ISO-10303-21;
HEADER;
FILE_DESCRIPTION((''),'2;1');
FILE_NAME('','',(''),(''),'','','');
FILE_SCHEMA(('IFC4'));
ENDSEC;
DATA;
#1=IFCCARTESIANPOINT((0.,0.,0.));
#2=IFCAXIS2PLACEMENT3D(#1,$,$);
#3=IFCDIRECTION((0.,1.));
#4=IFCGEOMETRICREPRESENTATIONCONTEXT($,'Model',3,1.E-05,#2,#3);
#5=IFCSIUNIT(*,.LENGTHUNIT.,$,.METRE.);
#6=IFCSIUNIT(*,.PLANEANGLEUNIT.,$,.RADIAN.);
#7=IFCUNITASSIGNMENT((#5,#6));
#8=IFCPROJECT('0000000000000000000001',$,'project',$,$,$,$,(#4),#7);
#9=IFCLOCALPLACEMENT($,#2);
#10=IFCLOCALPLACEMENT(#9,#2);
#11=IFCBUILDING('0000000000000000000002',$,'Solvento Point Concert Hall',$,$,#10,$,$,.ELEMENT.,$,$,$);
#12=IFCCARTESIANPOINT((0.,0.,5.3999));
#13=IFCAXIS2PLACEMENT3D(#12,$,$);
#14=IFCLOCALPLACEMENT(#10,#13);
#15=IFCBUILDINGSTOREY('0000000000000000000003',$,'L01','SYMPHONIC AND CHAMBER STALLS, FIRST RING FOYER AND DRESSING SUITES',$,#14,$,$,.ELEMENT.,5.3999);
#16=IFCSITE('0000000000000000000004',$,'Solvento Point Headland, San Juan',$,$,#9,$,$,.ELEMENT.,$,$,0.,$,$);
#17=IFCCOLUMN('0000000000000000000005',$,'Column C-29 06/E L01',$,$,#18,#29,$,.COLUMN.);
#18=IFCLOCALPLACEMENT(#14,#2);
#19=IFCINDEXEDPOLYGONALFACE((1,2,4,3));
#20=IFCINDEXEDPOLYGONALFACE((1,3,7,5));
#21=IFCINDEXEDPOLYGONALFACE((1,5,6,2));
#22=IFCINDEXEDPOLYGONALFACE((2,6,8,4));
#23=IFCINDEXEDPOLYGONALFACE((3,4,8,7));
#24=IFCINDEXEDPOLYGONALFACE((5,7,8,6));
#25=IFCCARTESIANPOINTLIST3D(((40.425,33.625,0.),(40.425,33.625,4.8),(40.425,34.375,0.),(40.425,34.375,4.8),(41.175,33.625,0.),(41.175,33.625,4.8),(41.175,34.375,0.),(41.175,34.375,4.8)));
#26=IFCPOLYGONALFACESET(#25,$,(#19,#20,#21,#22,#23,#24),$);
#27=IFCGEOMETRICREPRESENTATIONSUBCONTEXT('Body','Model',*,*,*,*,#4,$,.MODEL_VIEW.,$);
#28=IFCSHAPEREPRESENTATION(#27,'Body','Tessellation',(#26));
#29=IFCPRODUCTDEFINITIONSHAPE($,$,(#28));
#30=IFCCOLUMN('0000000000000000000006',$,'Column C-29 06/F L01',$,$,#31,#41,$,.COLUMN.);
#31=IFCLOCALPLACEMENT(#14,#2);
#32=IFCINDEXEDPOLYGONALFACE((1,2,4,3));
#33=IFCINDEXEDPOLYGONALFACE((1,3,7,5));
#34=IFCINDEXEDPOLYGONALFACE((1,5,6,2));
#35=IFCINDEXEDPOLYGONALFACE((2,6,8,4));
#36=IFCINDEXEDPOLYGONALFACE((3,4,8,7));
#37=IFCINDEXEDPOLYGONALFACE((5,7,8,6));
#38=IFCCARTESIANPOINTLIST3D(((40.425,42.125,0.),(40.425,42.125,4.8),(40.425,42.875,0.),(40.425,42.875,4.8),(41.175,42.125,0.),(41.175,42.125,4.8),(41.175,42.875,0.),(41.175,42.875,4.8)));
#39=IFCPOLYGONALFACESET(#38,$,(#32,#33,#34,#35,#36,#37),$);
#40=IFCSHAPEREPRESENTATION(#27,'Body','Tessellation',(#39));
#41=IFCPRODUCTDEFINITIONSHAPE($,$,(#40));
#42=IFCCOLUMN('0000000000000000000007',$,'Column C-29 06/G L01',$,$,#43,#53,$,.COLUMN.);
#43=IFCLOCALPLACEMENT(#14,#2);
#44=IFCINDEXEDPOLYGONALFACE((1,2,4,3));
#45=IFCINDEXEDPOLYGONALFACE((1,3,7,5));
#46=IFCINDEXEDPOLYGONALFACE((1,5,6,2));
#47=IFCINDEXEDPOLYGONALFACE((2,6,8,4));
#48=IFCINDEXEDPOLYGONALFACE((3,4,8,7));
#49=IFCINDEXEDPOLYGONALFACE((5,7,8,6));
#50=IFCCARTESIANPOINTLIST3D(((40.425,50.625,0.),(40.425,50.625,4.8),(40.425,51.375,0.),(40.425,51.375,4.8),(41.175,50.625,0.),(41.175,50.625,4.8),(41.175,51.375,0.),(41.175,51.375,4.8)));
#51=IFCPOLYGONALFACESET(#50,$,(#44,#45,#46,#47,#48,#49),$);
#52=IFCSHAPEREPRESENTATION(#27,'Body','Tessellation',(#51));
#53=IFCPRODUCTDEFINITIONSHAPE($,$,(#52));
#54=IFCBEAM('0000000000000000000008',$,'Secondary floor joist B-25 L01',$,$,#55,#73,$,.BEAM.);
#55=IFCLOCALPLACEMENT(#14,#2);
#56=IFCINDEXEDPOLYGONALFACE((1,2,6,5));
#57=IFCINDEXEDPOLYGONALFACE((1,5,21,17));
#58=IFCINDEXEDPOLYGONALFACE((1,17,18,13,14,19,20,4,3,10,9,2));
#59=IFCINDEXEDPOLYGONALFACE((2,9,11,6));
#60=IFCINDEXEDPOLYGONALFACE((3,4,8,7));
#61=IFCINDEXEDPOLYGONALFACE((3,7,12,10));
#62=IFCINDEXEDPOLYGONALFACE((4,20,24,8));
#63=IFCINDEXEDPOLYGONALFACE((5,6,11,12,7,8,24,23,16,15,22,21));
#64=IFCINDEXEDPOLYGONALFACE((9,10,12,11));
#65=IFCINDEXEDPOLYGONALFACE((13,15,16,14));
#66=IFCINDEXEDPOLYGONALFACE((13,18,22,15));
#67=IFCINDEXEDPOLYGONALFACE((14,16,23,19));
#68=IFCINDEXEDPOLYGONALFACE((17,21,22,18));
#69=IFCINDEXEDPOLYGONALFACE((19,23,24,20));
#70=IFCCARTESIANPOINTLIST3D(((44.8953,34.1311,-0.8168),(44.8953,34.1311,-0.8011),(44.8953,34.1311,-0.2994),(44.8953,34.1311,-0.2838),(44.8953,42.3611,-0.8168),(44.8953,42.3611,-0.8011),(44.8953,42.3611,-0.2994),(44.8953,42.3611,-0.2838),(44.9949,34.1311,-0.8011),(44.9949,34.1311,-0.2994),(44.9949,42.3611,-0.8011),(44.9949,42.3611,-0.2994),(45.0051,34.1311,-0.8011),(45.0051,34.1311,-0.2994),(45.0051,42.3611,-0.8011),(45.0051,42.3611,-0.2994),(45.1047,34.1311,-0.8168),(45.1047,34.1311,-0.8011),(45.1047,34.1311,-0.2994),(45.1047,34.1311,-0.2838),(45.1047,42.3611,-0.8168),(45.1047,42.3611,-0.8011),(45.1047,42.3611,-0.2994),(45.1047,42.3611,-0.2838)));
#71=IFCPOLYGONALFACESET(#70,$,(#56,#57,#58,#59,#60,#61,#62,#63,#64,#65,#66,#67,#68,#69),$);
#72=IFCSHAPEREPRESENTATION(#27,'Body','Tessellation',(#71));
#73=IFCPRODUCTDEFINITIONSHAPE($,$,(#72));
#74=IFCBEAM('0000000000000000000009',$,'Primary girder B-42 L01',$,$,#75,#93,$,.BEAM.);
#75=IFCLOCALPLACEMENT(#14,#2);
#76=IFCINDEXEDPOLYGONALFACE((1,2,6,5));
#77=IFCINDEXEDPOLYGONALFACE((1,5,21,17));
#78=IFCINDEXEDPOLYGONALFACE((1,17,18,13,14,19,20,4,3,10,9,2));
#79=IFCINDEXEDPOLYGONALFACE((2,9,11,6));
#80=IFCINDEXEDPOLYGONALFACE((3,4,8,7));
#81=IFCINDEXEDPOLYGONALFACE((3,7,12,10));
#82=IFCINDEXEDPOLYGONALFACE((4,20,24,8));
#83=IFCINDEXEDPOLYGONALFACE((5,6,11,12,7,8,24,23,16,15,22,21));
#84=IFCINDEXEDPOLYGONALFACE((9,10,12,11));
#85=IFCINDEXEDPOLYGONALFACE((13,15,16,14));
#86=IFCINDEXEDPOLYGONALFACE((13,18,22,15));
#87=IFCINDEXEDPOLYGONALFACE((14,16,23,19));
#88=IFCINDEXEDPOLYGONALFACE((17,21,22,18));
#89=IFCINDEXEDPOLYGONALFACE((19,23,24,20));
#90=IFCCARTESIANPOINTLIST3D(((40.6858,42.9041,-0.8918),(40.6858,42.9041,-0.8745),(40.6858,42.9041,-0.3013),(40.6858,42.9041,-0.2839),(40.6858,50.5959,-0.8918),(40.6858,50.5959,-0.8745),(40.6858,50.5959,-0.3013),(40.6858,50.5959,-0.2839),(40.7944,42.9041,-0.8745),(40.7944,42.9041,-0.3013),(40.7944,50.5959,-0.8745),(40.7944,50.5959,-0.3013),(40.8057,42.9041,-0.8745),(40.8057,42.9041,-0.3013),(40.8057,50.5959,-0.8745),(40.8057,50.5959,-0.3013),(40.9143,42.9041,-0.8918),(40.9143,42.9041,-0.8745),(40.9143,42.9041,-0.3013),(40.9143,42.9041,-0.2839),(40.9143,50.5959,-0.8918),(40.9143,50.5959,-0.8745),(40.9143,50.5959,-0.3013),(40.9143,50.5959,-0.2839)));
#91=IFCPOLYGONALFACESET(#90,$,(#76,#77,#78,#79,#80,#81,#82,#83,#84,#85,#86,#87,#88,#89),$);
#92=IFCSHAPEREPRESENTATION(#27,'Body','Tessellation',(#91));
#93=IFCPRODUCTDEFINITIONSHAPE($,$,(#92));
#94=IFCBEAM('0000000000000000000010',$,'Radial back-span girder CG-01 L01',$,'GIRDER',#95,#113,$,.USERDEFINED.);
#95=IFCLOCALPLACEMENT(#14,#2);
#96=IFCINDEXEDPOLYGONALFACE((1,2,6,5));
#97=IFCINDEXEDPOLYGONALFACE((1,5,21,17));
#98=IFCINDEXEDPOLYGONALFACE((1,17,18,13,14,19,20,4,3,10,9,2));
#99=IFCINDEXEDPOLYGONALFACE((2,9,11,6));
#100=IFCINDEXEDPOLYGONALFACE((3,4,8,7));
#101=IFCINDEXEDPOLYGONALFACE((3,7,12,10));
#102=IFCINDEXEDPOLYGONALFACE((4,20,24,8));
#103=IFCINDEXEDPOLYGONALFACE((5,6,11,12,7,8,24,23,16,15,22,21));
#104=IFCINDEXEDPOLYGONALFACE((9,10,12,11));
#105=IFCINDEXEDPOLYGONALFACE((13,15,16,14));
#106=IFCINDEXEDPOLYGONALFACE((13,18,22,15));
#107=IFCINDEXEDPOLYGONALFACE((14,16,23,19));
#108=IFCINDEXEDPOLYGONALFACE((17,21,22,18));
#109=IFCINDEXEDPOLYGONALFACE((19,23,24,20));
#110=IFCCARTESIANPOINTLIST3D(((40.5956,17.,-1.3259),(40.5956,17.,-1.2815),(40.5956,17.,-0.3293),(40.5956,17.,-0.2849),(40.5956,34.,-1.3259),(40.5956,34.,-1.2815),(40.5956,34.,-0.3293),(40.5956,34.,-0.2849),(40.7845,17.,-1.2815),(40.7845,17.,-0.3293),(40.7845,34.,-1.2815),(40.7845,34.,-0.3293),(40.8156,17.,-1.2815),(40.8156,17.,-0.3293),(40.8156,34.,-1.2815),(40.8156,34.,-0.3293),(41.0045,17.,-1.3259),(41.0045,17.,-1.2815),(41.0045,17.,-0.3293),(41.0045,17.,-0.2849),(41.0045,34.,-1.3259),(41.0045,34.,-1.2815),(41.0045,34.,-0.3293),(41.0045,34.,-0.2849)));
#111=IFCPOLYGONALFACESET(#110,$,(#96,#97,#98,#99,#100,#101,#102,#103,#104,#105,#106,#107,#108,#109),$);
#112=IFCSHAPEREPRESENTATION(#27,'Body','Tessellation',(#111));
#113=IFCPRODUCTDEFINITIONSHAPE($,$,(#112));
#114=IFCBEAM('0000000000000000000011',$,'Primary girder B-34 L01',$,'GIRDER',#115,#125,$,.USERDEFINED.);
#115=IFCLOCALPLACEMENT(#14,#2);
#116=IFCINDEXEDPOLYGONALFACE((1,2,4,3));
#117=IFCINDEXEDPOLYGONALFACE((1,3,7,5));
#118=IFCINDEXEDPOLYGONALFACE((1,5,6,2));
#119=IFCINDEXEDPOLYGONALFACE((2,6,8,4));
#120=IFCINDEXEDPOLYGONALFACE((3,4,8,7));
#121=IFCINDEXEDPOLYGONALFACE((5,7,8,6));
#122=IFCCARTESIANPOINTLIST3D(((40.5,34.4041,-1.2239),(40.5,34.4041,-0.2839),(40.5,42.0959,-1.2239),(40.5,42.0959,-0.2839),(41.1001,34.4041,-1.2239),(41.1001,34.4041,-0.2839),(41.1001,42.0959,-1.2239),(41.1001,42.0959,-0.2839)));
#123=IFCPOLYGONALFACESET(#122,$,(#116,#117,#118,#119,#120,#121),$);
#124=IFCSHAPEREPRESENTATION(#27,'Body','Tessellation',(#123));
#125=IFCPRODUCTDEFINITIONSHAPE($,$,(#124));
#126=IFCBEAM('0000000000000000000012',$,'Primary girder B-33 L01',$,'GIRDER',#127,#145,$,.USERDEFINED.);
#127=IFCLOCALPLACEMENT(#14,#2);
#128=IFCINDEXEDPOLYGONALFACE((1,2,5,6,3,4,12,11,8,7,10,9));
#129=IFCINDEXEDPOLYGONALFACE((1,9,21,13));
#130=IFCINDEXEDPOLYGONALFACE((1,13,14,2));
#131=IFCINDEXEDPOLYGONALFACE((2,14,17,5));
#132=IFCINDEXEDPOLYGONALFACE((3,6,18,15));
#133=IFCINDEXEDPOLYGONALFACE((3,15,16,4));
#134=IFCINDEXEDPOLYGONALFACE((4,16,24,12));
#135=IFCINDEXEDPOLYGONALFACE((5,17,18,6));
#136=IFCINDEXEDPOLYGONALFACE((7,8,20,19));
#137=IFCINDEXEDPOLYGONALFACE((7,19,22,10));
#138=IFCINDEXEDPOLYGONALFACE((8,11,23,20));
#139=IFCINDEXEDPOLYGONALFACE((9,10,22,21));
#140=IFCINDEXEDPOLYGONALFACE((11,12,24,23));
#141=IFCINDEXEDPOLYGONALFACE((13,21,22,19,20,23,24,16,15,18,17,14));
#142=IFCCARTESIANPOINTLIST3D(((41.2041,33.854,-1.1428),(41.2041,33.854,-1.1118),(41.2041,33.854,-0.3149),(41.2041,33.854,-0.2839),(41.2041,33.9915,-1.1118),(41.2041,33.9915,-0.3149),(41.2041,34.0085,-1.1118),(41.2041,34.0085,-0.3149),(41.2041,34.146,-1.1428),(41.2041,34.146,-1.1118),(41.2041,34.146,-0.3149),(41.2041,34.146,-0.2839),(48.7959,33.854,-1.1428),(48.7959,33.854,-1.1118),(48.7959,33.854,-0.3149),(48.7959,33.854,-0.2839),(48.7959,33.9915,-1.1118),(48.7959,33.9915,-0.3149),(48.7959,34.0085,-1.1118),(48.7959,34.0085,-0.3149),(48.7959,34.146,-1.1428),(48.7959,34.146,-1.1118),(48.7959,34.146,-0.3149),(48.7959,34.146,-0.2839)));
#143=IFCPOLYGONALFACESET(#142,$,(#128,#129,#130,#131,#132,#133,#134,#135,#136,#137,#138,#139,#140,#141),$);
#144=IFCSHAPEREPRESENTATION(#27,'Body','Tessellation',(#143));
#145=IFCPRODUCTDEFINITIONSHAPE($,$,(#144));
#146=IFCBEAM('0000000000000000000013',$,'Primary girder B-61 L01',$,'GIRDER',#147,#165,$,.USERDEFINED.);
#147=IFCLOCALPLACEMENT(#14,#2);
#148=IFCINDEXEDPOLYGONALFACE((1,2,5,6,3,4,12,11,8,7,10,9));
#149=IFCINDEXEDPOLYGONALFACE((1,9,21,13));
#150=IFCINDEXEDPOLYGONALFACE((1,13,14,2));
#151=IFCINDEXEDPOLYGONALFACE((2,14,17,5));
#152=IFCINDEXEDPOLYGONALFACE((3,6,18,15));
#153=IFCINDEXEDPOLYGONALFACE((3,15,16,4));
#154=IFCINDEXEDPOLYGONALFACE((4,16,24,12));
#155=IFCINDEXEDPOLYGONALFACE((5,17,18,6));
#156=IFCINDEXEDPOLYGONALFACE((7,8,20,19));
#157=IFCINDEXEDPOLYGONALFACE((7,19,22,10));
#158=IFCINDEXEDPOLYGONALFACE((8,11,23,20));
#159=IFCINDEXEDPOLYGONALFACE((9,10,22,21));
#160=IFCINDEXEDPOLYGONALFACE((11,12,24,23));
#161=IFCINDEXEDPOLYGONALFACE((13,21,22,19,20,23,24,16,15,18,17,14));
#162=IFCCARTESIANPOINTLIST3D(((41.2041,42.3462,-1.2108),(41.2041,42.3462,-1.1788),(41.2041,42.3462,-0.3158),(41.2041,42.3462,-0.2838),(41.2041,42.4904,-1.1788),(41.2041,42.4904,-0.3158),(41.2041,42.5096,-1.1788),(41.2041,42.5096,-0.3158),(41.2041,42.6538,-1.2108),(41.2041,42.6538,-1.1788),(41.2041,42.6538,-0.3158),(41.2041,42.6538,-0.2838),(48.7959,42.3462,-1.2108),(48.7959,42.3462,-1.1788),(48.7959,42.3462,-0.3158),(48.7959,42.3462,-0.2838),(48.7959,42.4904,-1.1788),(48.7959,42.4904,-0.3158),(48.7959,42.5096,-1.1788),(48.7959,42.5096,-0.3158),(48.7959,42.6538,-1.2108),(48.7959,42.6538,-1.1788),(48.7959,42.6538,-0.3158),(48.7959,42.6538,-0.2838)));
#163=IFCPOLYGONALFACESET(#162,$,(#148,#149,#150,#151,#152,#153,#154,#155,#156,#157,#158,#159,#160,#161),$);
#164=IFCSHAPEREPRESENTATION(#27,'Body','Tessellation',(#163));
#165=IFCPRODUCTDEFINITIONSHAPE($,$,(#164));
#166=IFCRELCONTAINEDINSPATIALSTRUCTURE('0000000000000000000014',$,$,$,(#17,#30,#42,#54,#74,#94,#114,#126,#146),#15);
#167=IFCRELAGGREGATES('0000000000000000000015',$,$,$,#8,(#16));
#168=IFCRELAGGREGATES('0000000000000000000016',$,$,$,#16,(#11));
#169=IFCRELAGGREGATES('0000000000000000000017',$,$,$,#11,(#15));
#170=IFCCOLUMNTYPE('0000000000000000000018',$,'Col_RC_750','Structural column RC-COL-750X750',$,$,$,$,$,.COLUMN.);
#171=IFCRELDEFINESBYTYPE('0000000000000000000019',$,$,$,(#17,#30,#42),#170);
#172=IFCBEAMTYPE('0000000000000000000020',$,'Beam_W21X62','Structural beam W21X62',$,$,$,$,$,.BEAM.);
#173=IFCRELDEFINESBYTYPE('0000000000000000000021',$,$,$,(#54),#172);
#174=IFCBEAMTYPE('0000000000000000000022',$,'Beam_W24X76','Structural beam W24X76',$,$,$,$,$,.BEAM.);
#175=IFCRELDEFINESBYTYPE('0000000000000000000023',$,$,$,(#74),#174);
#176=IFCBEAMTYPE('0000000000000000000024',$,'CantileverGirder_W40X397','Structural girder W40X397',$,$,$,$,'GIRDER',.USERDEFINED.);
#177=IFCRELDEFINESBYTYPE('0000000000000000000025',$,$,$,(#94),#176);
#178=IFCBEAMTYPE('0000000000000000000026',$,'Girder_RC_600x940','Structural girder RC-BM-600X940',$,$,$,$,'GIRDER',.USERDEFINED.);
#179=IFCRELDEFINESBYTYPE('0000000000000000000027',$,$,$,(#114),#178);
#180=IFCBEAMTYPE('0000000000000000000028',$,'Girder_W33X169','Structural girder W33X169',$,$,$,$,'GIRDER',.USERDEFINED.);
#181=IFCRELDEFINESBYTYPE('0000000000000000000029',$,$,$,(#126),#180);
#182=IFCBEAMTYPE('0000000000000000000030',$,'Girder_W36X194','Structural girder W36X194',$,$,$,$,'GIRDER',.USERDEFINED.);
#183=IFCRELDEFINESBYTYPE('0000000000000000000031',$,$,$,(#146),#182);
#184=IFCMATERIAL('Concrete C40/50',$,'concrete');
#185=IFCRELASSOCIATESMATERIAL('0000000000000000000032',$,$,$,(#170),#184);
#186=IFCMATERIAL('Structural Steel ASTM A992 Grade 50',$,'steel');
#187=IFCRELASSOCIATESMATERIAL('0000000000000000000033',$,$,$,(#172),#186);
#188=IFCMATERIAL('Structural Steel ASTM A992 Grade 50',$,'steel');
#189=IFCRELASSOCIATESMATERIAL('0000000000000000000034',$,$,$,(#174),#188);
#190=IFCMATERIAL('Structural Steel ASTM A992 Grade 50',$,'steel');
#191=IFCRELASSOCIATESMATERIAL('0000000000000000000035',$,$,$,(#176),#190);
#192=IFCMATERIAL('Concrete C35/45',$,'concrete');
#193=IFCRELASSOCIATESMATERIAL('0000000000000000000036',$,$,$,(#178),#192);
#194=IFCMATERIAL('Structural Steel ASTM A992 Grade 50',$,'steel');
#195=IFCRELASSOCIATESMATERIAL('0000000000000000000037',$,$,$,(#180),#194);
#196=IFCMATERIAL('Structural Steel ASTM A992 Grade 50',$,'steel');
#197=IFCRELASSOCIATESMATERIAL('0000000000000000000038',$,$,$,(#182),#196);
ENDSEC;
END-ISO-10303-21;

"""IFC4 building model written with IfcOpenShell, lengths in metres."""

from ifc_helpers import new_model, si_unit, direction, frame, origin, origin_2d, place, context, subcontext, project, spatial, rectangle, i_section, extrude, material, material_profile, profile_set, type_object, element, save


model = new_model("IFC4")

# Units and contexts
model_context = context("Model", 3, precision=1e-05, world=origin(), true_north=direction((0.0, 1.0)))
body_context = subcontext(model_context, "Body", "Model", "MODEL_VIEW")
ifc_project = project(units=[si_unit("LENGTHUNIT", "METRE"), si_unit("PLANEANGLEUNIT", "RADIAN")], contexts=[model_context])

# Site, building, storey
site_placement = place(None, origin())
site = spatial("IfcSite", under=ifc_project, at=site_placement, Name="Solvento Point Headland, San Juan", CompositionType="ELEMENT", RefElevation=0.0)
building_placement = place(site_placement, origin())
building = spatial("IfcBuilding", under=site, at=building_placement, Name="Solvento Point Concert Hall", CompositionType="ELEMENT")
storey_placement = place(building_placement, frame((0.0, 0.0, 5.3999)))
storey = spatial("IfcBuildingStorey", under=building, at=storey_placement, Name="L01", Description="SYMPHONIC AND CHAMBER STALLS, FIRST RING FOYER AND DRESSING SUITES", CompositionType="ELEMENT", Elevation=5.3999)

# Columns
ifc_material_1 = material(Name="Concrete C40/50", Category="concrete")
ifc_material_profile_1 = material_profile(ifc_material_1, rectangle(XDim=0.75, YDim=0.75, at=origin_2d()), Name="RC-COL-750X750")
ifc_profile_set_1 = profile_set([ifc_material_profile_1], Name="Concrete C40/50")
column_type = type_object("IfcColumnType", Name="Col_RC_750", Description="Structural column RC-COL-750X750", PredefinedType="COLUMN", material=ifc_profile_set_1)
for number, where, z_axis, x_axis, name in (
    (1, (40.8, 34.0, 0.0), (0.0, 0.0, 1.0), (1.0, 0.0, 0.0), "Column C-29 06/E L01"),
    (2, (40.8, 42.5, 0.0), (0.0, 0.0, 1.0), (1.0, 0.0, 0.0), "Column C-29 06/F L01"),
    (3, (40.8, 51.0, 0.0), (0.0, 0.0, 1.0), (1.0, 0.0, 0.0), "Column C-29 06/G L01"),
):
    element("IfcColumn", number, at=place(storey_placement, frame(where, z_axis=z_axis, x_axis=x_axis)), inside=storey, type_object=column_type, Name=name, PredefinedType="COLUMN", context=body_context, shape_type="SweptSolid", body=[
        extrude(rectangle(XDim=0.75, YDim=0.75, at=origin_2d()), origin(), (0.0, 0.0, 1.0), 4.8),
    ])

# Beams
ifc_material_2 = material(Name="Structural Steel ASTM A992 Grade 50", Category="steel")
ifc_material_profile_2 = material_profile(ifc_material_2, i_section(OverallWidth=0.2095, OverallDepth=0.533, WebThickness=0.0103, FlangeThickness=0.0156, at=origin_2d()), Name="W21X62")
ifc_profile_set_2 = profile_set([ifc_material_profile_2], Name="Structural Steel ASTM A992 Grade 50")
beam_type_1 = type_object("IfcBeamType", Name="Beam_W21X62", Description="Structural beam W21X62", PredefinedType="BEAM", material=ifc_profile_set_2)
beam_1_placement = place(storey_placement, frame((45.0, 34.1311, -0.5503), z_axis=(0.0, 1.0, 0.0), x_axis=(-1.0, 0.0, 0.0)))
element("IfcBeam", 4, at=beam_1_placement, inside=storey, type_object=beam_type_1, Name="Secondary floor joist B-25 L01", PredefinedType="BEAM", context=body_context, shape_type="SweptSolid", body=[
    extrude(i_section(OverallWidth=0.2095, OverallDepth=0.533, WebThickness=0.0103, FlangeThickness=0.0156, at=origin_2d()), origin(), (0.0, 0.0, 1.0), 8.23),
])
ifc_material_3 = material(Name="Structural Steel ASTM A992 Grade 50", Category="steel")
ifc_material_profile_3 = material_profile(ifc_material_3, i_section(OverallWidth=0.2285, OverallDepth=0.6079, WebThickness=0.0112, FlangeThickness=0.0173, at=origin_2d()), Name="W24X76")
ifc_profile_set_3 = profile_set([ifc_material_profile_3], Name="Structural Steel ASTM A992 Grade 50")
beam_type_2 = type_object("IfcBeamType", Name="Beam_W24X76", Description="Structural beam W24X76", PredefinedType="BEAM", material=ifc_profile_set_3)
beam_2_placement = place(storey_placement, frame((40.8, 42.9041, -0.5879), z_axis=(0.0, 1.0, 0.0), x_axis=(-1.0, 0.0, 0.0)))
element("IfcBeam", 5, at=beam_2_placement, inside=storey, type_object=beam_type_2, Name="Primary girder B-42 L01", PredefinedType="BEAM", context=body_context, shape_type="SweptSolid", body=[
    extrude(i_section(OverallWidth=0.2285, OverallDepth=0.6079, WebThickness=0.0112, FlangeThickness=0.0173, at=origin_2d()), origin(), (0.0, 0.0, 1.0), 7.6919),
])
ifc_material_4 = material(Name="Structural Steel ASTM A992 Grade 50", Category="steel")
ifc_material_profile_4 = material_profile(ifc_material_4, i_section(OverallWidth=0.4089, OverallDepth=1.041, WebThickness=0.031, FlangeThickness=0.0444, at=origin_2d()), Name="W40X397")
ifc_profile_set_4 = profile_set([ifc_material_profile_4], Name="Structural Steel ASTM A992 Grade 50")
beam_type_3 = type_object("IfcBeamType", Name="CantileverGirder_W40X397", Description="Structural girder W40X397", ElementType="GIRDER", PredefinedType="USERDEFINED", material=ifc_profile_set_4)
beam_3_placement = place(storey_placement, frame((40.8, 34.0, -0.8054), z_axis=(0.0, -1.0, 0.0), x_axis=(1.0, 0.0, 0.0)))
element("IfcBeam", 6, at=beam_3_placement, inside=storey, type_object=beam_type_3, Name="Radial back-span girder CG-01 L01", ObjectType="GIRDER", PredefinedType="USERDEFINED", context=body_context, shape_type="SweptSolid", body=[
    extrude(i_section(OverallWidth=0.4089, OverallDepth=1.041, WebThickness=0.031, FlangeThickness=0.0444, at=origin_2d()), origin(), (0.0, 0.0, 1.0), 17.0),
])
ifc_material_5 = material(Name="Concrete C35/45", Category="concrete")
ifc_material_profile_5 = material_profile(ifc_material_5, rectangle(XDim=0.6001, YDim=0.9399, at=origin_2d()), Name="RC-BM-600X940")
ifc_profile_set_5 = profile_set([ifc_material_profile_5], Name="Concrete C35/45")
beam_type_4 = type_object("IfcBeamType", Name="Girder_RC_600x940", Description="Structural girder RC-BM-600X940", ElementType="GIRDER", PredefinedType="USERDEFINED", material=ifc_profile_set_5)
beam_4_placement = place(storey_placement, frame((40.8, 34.4041, -0.7539), z_axis=(0.0, 1.0, 0.0), x_axis=(-1.0, 0.0, 0.0)))
element("IfcBeam", 7, at=beam_4_placement, inside=storey, type_object=beam_type_4, Name="Primary girder B-34 L01", ObjectType="GIRDER", PredefinedType="USERDEFINED", context=body_context, shape_type="SweptSolid", body=[
    extrude(rectangle(XDim=0.6001, YDim=0.9399, at=origin_2d()), origin(), (0.0, 0.0, 1.0), 7.6919),
])
ifc_material_6 = material(Name="Structural Steel ASTM A992 Grade 50", Category="steel")
ifc_material_profile_6 = material_profile(ifc_material_6, i_section(OverallWidth=0.292, OverallDepth=0.8589, WebThickness=0.0171, FlangeThickness=0.031, at=origin_2d()), Name="W33X169")
ifc_profile_set_6 = profile_set([ifc_material_profile_6], Name="Structural Steel ASTM A992 Grade 50")
beam_type_5 = type_object("IfcBeamType", Name="Girder_W33X169", Description="Structural girder W33X169", ElementType="GIRDER", PredefinedType="USERDEFINED", material=ifc_profile_set_6)
beam_5_placement = place(storey_placement, frame((41.2041, 34.0, -0.7134), z_axis=(1.0, 0.0, 0.0), x_axis=(0.0, 1.0, 0.0)))
element("IfcBeam", 8, at=beam_5_placement, inside=storey, type_object=beam_type_5, Name="Primary girder B-33 L01", ObjectType="GIRDER", PredefinedType="USERDEFINED", context=body_context, shape_type="SweptSolid", body=[
    extrude(i_section(OverallWidth=0.292, OverallDepth=0.8589, WebThickness=0.0171, FlangeThickness=0.031, at=origin_2d()), origin(), (0.0, 0.0, 1.0), 7.5918),
])
ifc_material_7 = material(Name="Structural Steel ASTM A992 Grade 50", Category="steel")
ifc_material_profile_7 = material_profile(ifc_material_7, i_section(OverallWidth=0.3076, OverallDepth=0.927, WebThickness=0.0193, FlangeThickness=0.032, at=origin_2d()), Name="W36X194")
ifc_profile_set_7 = profile_set([ifc_material_profile_7], Name="Structural Steel ASTM A992 Grade 50")
beam_type_6 = type_object("IfcBeamType", Name="Girder_W36X194", Description="Structural girder W36X194", ElementType="GIRDER", PredefinedType="USERDEFINED", material=ifc_profile_set_7)
beam_6_placement = place(storey_placement, frame((41.2041, 42.5, -0.7473), z_axis=(1.0, 0.0, 0.0), x_axis=(0.0, 1.0, 0.0)))
element("IfcBeam", 9, at=beam_6_placement, inside=storey, type_object=beam_type_6, Name="Primary girder B-61 L01", ObjectType="GIRDER", PredefinedType="USERDEFINED", context=body_context, shape_type="SweptSolid", body=[
    extrude(i_section(OverallWidth=0.3076, OverallDepth=0.927, WebThickness=0.0193, FlangeThickness=0.032, at=origin_2d()), origin(), (0.0, 0.0, 1.0), 7.5918),
])

save(model, "model.ifc")
